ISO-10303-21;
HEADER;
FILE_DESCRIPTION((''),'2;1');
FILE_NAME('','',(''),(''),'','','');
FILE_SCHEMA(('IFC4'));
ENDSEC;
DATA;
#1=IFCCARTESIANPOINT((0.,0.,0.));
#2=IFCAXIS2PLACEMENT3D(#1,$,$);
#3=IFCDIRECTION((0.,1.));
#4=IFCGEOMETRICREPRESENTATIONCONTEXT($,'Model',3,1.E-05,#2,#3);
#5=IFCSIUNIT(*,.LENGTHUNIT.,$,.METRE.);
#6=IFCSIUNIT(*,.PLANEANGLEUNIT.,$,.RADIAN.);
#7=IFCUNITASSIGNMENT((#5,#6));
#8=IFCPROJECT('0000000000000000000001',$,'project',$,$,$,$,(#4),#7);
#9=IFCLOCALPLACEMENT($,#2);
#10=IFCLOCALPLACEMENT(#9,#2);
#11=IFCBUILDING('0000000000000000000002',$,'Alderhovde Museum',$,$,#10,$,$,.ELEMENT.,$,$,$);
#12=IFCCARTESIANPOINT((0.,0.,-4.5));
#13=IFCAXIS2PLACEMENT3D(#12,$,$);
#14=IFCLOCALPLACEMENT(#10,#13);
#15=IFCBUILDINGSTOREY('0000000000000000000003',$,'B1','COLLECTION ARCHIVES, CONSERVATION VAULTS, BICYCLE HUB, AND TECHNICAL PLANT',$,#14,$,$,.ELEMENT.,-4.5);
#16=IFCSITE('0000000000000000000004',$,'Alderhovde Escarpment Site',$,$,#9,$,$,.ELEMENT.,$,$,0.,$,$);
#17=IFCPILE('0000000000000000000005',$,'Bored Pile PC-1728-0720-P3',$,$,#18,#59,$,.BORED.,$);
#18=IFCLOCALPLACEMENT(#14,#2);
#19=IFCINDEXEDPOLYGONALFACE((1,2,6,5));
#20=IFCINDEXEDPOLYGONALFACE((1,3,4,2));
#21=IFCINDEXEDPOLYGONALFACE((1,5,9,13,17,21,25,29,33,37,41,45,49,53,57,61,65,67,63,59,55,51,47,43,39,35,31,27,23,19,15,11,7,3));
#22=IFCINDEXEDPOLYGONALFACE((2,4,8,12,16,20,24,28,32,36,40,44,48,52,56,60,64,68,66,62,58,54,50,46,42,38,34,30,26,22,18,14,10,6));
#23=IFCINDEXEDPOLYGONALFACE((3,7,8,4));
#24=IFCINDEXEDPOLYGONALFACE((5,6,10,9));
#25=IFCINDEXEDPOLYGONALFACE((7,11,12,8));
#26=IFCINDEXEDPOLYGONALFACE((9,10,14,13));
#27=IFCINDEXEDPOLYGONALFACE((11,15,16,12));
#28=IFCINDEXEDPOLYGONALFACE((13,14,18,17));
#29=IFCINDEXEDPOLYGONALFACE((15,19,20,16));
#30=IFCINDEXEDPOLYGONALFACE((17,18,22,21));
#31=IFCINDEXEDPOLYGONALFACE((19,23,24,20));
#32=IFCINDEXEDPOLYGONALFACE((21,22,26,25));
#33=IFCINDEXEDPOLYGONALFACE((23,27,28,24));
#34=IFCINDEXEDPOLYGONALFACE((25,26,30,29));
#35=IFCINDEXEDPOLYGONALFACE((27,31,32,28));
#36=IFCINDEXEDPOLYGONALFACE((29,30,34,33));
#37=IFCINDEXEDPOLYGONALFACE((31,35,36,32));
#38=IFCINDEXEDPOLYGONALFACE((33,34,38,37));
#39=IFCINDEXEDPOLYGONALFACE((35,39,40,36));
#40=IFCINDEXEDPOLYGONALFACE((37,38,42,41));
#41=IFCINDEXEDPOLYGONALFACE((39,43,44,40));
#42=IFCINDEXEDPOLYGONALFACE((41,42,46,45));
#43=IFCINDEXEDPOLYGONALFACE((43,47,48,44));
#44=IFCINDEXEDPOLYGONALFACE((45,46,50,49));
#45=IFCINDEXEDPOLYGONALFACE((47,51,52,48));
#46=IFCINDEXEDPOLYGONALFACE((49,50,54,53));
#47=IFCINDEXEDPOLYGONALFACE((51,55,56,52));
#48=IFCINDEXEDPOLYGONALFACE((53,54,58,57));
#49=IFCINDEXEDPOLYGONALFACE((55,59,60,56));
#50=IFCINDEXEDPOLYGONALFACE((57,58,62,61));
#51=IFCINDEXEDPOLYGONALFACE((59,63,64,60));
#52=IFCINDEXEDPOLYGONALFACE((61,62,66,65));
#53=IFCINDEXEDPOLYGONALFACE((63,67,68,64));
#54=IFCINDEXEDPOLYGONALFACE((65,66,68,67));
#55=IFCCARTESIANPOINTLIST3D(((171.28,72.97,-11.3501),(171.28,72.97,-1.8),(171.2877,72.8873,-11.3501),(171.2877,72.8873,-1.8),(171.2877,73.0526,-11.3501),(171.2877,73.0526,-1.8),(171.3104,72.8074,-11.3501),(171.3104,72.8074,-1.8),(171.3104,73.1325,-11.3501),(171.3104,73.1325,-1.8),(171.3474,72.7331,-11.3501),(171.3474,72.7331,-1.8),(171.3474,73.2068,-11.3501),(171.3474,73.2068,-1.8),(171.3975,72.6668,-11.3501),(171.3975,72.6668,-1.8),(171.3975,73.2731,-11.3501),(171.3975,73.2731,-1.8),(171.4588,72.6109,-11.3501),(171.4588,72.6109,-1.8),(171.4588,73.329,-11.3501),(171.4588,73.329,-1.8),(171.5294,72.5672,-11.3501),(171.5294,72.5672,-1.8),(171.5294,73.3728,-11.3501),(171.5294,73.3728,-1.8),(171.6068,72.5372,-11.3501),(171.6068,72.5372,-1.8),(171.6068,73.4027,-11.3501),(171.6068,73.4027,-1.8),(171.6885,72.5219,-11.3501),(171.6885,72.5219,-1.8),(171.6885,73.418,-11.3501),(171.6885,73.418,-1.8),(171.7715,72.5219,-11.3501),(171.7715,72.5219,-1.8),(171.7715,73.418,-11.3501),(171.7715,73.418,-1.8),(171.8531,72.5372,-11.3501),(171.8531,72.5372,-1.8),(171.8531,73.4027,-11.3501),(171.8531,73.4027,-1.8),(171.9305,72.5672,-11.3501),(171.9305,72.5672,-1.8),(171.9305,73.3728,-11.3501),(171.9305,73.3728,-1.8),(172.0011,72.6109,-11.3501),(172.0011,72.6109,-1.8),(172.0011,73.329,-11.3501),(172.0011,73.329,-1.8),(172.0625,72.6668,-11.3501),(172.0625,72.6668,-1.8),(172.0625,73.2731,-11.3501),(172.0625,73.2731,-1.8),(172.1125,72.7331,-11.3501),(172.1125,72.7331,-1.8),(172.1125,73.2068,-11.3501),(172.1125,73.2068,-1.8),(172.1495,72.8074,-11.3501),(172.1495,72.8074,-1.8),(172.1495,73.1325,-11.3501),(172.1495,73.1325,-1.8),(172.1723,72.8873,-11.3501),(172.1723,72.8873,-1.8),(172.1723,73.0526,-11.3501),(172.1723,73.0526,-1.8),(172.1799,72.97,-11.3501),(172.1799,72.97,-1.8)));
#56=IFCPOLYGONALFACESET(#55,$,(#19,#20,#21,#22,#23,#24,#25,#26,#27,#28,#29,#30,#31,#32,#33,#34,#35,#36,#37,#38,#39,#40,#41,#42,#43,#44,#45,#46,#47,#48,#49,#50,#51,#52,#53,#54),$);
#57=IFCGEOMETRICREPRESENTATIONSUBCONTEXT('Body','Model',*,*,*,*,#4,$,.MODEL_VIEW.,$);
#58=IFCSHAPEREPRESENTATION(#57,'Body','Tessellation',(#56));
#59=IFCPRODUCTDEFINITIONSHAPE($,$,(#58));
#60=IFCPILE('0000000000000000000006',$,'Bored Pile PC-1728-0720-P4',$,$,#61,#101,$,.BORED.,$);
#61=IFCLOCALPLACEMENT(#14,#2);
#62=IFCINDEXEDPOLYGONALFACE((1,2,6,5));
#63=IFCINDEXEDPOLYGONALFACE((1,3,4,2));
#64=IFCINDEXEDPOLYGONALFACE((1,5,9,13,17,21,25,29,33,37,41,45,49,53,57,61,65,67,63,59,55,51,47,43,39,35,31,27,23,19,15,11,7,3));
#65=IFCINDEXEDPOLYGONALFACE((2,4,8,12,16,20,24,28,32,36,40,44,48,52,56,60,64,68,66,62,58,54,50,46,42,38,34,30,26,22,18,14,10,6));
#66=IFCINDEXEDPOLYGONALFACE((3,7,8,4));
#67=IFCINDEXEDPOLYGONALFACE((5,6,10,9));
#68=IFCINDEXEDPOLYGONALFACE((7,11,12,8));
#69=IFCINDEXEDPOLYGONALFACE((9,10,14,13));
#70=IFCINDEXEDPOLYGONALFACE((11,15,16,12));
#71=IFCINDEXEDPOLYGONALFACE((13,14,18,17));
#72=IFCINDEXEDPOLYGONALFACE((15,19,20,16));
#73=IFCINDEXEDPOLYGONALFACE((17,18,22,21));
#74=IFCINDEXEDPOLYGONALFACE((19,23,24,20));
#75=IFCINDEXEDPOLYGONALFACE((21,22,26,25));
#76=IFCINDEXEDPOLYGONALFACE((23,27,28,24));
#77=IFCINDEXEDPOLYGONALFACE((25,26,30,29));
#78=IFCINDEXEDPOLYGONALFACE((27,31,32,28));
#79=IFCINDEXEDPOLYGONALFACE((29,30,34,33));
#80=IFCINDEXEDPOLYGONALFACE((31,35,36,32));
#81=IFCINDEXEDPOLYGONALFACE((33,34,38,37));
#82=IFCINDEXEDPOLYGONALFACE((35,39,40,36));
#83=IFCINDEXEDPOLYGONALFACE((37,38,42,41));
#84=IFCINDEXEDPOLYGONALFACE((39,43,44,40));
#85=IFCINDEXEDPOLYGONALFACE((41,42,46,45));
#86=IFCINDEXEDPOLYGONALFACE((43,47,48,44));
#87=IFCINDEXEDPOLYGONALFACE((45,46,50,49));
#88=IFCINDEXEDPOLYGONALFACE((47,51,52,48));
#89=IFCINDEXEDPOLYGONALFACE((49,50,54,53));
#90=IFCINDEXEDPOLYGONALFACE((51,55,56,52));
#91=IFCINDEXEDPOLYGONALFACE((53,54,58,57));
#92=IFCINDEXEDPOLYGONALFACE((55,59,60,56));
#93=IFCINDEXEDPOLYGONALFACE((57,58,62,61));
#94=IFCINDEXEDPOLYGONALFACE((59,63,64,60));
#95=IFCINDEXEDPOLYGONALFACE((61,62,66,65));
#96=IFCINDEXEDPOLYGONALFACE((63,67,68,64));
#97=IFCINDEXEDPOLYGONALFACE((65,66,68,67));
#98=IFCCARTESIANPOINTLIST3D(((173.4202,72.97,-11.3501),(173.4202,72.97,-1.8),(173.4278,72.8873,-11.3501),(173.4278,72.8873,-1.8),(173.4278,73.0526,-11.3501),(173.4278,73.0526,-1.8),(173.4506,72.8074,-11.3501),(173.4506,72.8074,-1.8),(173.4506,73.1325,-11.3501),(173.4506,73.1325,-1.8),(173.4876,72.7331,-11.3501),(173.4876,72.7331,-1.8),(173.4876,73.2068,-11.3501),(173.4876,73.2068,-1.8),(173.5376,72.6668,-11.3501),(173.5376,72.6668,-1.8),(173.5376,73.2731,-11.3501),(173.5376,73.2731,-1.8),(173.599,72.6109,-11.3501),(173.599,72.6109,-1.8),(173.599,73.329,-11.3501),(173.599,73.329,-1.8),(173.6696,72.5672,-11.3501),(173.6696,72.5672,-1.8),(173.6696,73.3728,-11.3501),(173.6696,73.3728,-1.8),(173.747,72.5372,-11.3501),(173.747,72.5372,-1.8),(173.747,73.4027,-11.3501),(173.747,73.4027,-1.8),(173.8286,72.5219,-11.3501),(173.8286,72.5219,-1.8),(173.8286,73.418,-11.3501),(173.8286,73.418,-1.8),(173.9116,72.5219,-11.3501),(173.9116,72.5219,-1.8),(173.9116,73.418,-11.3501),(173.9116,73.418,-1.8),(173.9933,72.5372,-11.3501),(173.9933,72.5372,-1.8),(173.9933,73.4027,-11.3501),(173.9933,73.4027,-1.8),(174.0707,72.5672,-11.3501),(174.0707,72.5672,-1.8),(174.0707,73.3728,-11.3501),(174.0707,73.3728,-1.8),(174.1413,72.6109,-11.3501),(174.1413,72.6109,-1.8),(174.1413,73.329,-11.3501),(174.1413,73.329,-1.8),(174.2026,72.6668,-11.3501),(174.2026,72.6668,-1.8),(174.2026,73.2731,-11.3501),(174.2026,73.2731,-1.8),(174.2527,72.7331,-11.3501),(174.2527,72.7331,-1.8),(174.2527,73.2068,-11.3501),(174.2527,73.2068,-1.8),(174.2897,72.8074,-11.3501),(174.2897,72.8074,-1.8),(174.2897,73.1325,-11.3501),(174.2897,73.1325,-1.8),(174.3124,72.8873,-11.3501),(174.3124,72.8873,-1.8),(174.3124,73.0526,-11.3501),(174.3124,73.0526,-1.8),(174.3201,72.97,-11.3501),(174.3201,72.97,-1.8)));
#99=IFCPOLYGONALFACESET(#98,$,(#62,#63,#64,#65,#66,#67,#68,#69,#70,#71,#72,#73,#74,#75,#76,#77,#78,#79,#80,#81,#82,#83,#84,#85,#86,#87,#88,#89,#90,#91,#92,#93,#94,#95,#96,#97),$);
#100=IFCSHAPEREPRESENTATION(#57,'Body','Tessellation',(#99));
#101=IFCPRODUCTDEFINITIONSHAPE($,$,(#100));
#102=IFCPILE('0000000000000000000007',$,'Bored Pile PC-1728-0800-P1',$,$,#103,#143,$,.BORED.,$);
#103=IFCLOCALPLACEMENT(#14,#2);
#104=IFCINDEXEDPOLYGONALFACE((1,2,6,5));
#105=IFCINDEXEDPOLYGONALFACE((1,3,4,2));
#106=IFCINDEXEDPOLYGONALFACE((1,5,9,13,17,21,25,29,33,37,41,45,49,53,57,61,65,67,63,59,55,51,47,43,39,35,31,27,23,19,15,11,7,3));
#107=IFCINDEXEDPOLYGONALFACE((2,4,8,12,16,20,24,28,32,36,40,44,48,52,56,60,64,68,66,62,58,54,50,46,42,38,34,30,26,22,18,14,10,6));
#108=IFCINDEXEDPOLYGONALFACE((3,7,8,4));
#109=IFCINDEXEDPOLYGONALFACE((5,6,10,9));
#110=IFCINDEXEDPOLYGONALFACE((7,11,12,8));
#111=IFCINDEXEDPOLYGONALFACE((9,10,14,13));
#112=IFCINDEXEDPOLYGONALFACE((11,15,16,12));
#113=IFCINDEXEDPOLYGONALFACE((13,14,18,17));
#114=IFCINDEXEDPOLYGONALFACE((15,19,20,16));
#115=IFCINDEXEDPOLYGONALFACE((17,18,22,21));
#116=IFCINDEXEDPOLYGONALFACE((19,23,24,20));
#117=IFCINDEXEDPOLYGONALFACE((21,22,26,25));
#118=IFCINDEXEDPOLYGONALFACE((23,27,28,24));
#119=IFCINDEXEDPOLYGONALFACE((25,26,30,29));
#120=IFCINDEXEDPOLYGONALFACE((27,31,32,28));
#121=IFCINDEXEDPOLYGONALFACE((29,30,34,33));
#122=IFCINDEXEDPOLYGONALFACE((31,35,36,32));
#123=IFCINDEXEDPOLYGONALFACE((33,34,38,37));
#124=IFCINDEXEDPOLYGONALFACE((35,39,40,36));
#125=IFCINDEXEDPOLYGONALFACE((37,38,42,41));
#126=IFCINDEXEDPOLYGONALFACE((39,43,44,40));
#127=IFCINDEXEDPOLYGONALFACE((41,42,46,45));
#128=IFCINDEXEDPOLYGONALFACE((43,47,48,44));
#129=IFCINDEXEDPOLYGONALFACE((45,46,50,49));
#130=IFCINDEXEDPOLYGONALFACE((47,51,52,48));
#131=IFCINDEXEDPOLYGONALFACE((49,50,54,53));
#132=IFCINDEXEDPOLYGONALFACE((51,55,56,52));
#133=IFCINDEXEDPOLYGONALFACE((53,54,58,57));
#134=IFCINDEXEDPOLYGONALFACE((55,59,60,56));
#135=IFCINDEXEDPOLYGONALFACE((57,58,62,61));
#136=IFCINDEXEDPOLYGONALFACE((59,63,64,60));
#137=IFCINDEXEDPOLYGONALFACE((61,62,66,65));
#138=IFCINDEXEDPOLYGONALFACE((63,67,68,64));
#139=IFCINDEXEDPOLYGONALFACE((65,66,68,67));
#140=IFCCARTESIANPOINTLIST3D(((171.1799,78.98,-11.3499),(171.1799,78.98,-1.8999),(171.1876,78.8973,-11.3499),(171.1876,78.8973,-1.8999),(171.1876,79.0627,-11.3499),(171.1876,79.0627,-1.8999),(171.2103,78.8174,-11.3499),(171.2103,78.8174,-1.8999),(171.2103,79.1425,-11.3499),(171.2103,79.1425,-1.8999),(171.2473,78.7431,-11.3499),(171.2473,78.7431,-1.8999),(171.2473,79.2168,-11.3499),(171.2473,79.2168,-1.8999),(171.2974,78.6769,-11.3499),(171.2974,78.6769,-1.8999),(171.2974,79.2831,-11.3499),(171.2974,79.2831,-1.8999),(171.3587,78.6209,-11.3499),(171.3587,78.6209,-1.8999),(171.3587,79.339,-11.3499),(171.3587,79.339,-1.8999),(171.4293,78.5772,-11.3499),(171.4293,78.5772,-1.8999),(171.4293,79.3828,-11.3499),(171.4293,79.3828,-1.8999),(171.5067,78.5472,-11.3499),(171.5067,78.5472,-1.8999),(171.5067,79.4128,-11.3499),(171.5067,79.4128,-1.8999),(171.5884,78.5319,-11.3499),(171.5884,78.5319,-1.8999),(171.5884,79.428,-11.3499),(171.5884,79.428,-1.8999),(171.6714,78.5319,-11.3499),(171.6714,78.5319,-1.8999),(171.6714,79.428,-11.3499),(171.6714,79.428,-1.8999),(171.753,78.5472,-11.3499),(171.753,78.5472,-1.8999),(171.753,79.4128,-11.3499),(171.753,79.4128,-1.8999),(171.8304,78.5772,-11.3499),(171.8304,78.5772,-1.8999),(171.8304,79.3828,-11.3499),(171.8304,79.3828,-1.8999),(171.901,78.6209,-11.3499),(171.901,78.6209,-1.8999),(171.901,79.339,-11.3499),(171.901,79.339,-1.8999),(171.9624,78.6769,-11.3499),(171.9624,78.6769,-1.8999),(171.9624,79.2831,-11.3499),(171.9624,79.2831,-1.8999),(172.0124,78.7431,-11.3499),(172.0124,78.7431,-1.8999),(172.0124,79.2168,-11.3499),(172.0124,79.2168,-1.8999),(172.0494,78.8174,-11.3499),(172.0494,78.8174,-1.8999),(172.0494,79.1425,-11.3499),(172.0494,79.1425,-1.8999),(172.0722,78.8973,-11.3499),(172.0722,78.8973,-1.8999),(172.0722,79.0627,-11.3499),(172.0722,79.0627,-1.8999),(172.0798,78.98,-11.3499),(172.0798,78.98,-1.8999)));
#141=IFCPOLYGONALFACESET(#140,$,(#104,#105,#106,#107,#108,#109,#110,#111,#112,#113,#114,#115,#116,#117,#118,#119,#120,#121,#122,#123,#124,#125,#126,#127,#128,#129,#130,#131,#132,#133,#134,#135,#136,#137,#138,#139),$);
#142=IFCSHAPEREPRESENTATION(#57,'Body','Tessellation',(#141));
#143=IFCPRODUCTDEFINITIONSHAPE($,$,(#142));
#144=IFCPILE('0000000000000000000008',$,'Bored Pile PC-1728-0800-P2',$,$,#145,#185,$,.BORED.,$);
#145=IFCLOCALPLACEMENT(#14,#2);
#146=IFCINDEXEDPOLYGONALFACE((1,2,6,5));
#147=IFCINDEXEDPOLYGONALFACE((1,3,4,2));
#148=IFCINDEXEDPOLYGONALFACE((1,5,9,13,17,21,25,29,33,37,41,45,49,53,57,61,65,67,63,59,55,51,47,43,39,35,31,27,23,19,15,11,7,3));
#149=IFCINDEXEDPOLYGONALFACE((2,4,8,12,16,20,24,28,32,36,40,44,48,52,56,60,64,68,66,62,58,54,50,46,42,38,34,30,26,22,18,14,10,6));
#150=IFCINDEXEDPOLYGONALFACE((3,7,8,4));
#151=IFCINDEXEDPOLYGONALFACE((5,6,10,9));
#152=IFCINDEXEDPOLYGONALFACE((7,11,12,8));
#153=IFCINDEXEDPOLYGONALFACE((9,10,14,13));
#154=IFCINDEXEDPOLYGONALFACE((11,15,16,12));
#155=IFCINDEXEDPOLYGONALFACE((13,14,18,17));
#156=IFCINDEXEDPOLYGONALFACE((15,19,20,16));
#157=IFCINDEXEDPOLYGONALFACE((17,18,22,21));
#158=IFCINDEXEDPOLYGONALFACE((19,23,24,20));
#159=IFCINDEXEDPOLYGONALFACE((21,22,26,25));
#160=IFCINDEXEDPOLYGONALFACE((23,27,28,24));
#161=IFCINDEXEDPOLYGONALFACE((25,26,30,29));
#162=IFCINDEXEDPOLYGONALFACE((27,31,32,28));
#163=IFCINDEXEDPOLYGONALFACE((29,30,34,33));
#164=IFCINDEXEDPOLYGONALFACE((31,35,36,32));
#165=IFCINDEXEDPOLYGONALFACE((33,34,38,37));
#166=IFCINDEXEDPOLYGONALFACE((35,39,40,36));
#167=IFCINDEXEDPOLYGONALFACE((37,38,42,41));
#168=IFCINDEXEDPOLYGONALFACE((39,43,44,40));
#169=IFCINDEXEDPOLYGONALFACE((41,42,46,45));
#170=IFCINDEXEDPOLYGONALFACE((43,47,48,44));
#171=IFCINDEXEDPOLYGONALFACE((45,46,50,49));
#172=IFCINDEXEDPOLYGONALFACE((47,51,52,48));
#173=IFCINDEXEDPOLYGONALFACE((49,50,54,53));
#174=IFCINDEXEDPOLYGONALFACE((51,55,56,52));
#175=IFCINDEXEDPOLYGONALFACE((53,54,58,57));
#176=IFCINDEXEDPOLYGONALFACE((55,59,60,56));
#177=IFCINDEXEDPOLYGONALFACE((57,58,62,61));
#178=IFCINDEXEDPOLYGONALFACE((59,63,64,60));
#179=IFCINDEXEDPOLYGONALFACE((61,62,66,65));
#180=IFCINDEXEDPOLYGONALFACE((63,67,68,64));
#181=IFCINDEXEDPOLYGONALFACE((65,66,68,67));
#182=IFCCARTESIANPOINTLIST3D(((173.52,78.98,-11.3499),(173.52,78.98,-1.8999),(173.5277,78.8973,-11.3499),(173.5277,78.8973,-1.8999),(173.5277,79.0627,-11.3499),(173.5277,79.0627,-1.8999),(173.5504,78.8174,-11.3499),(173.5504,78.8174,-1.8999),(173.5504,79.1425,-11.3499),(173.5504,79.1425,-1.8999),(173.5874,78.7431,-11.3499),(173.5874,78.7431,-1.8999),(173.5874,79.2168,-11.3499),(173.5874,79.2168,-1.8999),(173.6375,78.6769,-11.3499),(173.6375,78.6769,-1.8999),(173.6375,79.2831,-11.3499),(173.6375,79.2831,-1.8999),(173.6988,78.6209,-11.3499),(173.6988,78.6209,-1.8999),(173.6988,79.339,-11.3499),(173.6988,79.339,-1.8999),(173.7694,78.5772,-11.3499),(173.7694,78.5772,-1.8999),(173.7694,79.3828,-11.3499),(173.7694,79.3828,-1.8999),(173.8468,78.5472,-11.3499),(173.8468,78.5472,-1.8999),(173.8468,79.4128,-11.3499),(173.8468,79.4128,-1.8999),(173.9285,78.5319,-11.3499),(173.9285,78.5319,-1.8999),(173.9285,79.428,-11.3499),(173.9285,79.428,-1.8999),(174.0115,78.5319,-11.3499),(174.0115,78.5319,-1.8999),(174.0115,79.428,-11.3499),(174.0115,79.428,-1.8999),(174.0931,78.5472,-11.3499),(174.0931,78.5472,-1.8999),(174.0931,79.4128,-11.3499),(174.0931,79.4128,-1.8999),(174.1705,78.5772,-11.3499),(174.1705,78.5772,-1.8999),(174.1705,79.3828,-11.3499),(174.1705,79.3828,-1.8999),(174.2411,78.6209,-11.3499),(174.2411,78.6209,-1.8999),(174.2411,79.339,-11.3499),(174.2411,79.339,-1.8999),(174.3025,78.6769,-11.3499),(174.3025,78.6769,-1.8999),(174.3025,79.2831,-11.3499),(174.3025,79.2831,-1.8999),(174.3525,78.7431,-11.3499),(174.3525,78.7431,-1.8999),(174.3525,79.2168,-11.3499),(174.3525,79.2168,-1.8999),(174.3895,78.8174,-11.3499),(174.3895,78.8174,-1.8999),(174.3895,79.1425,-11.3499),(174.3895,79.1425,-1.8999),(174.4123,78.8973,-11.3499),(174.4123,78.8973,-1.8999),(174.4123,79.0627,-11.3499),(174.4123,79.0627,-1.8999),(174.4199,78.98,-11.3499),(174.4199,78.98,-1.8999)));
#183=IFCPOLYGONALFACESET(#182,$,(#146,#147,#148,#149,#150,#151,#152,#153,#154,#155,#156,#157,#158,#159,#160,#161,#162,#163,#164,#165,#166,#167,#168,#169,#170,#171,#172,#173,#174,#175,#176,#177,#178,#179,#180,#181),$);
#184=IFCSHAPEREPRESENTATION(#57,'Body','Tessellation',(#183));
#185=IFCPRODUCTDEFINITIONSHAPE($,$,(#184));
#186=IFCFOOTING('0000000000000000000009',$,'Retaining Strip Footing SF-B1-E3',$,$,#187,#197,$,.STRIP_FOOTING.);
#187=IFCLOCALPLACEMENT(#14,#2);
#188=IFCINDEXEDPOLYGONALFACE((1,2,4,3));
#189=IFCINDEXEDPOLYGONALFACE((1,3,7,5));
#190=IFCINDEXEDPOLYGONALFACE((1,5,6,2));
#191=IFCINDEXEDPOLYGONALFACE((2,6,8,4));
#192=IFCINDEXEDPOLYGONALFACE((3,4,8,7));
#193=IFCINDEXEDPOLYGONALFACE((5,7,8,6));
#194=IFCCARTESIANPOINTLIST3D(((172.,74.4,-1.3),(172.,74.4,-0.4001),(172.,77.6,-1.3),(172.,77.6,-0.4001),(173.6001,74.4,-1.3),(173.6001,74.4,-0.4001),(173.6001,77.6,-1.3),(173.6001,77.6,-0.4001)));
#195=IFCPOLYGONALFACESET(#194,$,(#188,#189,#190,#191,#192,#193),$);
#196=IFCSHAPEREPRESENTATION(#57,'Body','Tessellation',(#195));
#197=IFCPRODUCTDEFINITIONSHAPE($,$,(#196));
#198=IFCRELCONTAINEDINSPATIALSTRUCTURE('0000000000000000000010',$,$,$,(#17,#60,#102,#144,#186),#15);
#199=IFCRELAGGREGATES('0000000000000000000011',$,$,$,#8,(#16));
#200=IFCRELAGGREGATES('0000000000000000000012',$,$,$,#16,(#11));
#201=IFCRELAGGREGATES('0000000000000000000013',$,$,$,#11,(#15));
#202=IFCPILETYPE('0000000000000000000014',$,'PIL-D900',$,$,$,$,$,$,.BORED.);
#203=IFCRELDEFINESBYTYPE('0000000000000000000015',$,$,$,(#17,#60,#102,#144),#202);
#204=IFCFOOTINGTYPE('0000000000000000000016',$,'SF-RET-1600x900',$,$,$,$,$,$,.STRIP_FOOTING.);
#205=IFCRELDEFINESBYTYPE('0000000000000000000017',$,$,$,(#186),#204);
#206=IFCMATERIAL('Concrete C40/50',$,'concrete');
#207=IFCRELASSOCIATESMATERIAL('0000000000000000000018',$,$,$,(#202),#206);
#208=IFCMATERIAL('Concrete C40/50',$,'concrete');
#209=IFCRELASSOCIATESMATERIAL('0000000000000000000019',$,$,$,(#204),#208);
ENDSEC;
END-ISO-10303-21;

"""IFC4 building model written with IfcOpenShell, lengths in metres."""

from ifc_helpers import new_model, si_unit, direction, frame, origin, origin_2d, place, context, subcontext, project, spatial, rectangle, circle, extrude, material, material_profile, profile_set, type_object, element, save


model = new_model("IFC4")

# Units and contexts
model_context = context("Model", 3, precision=1e-05, world=origin(), true_north=direction((0.0, 1.0)))
body_context = subcontext(model_context, "Body", "Model", "MODEL_VIEW")
ifc_project = project(units=[si_unit("LENGTHUNIT", "METRE"), si_unit("PLANEANGLEUNIT", "RADIAN")], contexts=[model_context])

# Site, building, storey
site_placement = place(None, origin())
site = spatial("IfcSite", under=ifc_project, at=site_placement, Name="Alderhovde Escarpment Site", CompositionType="ELEMENT", RefElevation=0.0)
building_placement = place(site_placement, origin())
building = spatial("IfcBuilding", under=site, at=building_placement, Name="Alderhovde Museum", CompositionType="ELEMENT")
storey_placement = place(building_placement, frame((0.0, 0.0, -4.5)))
storey = spatial("IfcBuildingStorey", under=building, at=storey_placement, Name="B1", Description="COLLECTION ARCHIVES, CONSERVATION VAULTS, BICYCLE HUB, AND TECHNICAL PLANT", CompositionType="ELEMENT", Elevation=-4.5)

# Piles
ifc_material_1 = material(Name="Concrete C40/50", Category="concrete")
ifc_material_profile_1 = material_profile(ifc_material_1, circle(Radius=0.45, at=origin_2d()), Name="PILE-D900")
ifc_profile_set_1 = profile_set([ifc_material_profile_1], Name="Concrete C40/50")
pile_type_1 = type_object("IfcPileType", Name="PIL-D900", PredefinedType="BORED", material=ifc_profile_set_1)
for number, where, z_axis, x_axis, name in (
    (1, (171.73, 72.97, -1.8), (0.0, 0.0, -1.0), (1.0, 0.0, 0.0), "Bored Pile PC-1728-0720-P3"),
    (2, (173.8701, 72.97, -1.8), (0.0, 0.0, -1.0), (1.0, 0.0, 0.0), "Bored Pile PC-1728-0720-P4"),
):
    element("IfcPile", number, at=place(storey_placement, frame(where, z_axis=z_axis, x_axis=x_axis)), inside=storey, type_object=pile_type_1, Name=name, PredefinedType="BORED", context=body_context, shape_type="SweptSolid", body=[
        extrude(circle(Radius=0.45, at=origin_2d()), origin(), (0.0, 0.0, 1.0), 9.55),
    ])
for number, where, z_axis, x_axis, name in (
    (3, (171.6299, 78.98, -1.8999), (0.0, 0.0, -1.0), (1.0, 0.0, 0.0), "Bored Pile PC-1728-0800-P1"),
    (4, (173.97, 78.98, -1.8999), (0.0, 0.0, -1.0), (1.0, 0.0, 0.0), "Bored Pile PC-1728-0800-P2"),
):
    element("IfcPile", number, at=place(storey_placement, frame(where, z_axis=z_axis, x_axis=x_axis)), inside=storey, type_object=pile_type_1, Name=name, PredefinedType="BORED", context=body_context, shape_type="SweptSolid", body=[
        extrude(circle(Radius=0.45, at=origin_2d()), origin(), (0.0, 0.0, 1.0), 9.45),
    ])

# Footing
ifc_material_2 = material(Name="Concrete C40/50", Category="concrete")
footing_type_1 = type_object("IfcFootingType", Name="SF-RET-1600x900", PredefinedType="STRIP_FOOTING", material=ifc_material_2)
footing_1_placement = place(storey_placement, frame((172.8, 76.0, -1.3), z_axis=(0.0, 0.0, 1.0), x_axis=(1.0, 0.0, 0.0)))
element("IfcFooting", 5, at=footing_1_placement, inside=storey, type_object=footing_type_1, Name="Retaining Strip Footing SF-B1-E3", PredefinedType="STRIP_FOOTING", context=body_context, shape_type="SweptSolid", body=[
    extrude(rectangle(XDim=1.6001, YDim=3.2, at=origin_2d()), origin(), (0.0, 0.0, 1.0), 0.8999),
])

save(model, "model.ifc")
